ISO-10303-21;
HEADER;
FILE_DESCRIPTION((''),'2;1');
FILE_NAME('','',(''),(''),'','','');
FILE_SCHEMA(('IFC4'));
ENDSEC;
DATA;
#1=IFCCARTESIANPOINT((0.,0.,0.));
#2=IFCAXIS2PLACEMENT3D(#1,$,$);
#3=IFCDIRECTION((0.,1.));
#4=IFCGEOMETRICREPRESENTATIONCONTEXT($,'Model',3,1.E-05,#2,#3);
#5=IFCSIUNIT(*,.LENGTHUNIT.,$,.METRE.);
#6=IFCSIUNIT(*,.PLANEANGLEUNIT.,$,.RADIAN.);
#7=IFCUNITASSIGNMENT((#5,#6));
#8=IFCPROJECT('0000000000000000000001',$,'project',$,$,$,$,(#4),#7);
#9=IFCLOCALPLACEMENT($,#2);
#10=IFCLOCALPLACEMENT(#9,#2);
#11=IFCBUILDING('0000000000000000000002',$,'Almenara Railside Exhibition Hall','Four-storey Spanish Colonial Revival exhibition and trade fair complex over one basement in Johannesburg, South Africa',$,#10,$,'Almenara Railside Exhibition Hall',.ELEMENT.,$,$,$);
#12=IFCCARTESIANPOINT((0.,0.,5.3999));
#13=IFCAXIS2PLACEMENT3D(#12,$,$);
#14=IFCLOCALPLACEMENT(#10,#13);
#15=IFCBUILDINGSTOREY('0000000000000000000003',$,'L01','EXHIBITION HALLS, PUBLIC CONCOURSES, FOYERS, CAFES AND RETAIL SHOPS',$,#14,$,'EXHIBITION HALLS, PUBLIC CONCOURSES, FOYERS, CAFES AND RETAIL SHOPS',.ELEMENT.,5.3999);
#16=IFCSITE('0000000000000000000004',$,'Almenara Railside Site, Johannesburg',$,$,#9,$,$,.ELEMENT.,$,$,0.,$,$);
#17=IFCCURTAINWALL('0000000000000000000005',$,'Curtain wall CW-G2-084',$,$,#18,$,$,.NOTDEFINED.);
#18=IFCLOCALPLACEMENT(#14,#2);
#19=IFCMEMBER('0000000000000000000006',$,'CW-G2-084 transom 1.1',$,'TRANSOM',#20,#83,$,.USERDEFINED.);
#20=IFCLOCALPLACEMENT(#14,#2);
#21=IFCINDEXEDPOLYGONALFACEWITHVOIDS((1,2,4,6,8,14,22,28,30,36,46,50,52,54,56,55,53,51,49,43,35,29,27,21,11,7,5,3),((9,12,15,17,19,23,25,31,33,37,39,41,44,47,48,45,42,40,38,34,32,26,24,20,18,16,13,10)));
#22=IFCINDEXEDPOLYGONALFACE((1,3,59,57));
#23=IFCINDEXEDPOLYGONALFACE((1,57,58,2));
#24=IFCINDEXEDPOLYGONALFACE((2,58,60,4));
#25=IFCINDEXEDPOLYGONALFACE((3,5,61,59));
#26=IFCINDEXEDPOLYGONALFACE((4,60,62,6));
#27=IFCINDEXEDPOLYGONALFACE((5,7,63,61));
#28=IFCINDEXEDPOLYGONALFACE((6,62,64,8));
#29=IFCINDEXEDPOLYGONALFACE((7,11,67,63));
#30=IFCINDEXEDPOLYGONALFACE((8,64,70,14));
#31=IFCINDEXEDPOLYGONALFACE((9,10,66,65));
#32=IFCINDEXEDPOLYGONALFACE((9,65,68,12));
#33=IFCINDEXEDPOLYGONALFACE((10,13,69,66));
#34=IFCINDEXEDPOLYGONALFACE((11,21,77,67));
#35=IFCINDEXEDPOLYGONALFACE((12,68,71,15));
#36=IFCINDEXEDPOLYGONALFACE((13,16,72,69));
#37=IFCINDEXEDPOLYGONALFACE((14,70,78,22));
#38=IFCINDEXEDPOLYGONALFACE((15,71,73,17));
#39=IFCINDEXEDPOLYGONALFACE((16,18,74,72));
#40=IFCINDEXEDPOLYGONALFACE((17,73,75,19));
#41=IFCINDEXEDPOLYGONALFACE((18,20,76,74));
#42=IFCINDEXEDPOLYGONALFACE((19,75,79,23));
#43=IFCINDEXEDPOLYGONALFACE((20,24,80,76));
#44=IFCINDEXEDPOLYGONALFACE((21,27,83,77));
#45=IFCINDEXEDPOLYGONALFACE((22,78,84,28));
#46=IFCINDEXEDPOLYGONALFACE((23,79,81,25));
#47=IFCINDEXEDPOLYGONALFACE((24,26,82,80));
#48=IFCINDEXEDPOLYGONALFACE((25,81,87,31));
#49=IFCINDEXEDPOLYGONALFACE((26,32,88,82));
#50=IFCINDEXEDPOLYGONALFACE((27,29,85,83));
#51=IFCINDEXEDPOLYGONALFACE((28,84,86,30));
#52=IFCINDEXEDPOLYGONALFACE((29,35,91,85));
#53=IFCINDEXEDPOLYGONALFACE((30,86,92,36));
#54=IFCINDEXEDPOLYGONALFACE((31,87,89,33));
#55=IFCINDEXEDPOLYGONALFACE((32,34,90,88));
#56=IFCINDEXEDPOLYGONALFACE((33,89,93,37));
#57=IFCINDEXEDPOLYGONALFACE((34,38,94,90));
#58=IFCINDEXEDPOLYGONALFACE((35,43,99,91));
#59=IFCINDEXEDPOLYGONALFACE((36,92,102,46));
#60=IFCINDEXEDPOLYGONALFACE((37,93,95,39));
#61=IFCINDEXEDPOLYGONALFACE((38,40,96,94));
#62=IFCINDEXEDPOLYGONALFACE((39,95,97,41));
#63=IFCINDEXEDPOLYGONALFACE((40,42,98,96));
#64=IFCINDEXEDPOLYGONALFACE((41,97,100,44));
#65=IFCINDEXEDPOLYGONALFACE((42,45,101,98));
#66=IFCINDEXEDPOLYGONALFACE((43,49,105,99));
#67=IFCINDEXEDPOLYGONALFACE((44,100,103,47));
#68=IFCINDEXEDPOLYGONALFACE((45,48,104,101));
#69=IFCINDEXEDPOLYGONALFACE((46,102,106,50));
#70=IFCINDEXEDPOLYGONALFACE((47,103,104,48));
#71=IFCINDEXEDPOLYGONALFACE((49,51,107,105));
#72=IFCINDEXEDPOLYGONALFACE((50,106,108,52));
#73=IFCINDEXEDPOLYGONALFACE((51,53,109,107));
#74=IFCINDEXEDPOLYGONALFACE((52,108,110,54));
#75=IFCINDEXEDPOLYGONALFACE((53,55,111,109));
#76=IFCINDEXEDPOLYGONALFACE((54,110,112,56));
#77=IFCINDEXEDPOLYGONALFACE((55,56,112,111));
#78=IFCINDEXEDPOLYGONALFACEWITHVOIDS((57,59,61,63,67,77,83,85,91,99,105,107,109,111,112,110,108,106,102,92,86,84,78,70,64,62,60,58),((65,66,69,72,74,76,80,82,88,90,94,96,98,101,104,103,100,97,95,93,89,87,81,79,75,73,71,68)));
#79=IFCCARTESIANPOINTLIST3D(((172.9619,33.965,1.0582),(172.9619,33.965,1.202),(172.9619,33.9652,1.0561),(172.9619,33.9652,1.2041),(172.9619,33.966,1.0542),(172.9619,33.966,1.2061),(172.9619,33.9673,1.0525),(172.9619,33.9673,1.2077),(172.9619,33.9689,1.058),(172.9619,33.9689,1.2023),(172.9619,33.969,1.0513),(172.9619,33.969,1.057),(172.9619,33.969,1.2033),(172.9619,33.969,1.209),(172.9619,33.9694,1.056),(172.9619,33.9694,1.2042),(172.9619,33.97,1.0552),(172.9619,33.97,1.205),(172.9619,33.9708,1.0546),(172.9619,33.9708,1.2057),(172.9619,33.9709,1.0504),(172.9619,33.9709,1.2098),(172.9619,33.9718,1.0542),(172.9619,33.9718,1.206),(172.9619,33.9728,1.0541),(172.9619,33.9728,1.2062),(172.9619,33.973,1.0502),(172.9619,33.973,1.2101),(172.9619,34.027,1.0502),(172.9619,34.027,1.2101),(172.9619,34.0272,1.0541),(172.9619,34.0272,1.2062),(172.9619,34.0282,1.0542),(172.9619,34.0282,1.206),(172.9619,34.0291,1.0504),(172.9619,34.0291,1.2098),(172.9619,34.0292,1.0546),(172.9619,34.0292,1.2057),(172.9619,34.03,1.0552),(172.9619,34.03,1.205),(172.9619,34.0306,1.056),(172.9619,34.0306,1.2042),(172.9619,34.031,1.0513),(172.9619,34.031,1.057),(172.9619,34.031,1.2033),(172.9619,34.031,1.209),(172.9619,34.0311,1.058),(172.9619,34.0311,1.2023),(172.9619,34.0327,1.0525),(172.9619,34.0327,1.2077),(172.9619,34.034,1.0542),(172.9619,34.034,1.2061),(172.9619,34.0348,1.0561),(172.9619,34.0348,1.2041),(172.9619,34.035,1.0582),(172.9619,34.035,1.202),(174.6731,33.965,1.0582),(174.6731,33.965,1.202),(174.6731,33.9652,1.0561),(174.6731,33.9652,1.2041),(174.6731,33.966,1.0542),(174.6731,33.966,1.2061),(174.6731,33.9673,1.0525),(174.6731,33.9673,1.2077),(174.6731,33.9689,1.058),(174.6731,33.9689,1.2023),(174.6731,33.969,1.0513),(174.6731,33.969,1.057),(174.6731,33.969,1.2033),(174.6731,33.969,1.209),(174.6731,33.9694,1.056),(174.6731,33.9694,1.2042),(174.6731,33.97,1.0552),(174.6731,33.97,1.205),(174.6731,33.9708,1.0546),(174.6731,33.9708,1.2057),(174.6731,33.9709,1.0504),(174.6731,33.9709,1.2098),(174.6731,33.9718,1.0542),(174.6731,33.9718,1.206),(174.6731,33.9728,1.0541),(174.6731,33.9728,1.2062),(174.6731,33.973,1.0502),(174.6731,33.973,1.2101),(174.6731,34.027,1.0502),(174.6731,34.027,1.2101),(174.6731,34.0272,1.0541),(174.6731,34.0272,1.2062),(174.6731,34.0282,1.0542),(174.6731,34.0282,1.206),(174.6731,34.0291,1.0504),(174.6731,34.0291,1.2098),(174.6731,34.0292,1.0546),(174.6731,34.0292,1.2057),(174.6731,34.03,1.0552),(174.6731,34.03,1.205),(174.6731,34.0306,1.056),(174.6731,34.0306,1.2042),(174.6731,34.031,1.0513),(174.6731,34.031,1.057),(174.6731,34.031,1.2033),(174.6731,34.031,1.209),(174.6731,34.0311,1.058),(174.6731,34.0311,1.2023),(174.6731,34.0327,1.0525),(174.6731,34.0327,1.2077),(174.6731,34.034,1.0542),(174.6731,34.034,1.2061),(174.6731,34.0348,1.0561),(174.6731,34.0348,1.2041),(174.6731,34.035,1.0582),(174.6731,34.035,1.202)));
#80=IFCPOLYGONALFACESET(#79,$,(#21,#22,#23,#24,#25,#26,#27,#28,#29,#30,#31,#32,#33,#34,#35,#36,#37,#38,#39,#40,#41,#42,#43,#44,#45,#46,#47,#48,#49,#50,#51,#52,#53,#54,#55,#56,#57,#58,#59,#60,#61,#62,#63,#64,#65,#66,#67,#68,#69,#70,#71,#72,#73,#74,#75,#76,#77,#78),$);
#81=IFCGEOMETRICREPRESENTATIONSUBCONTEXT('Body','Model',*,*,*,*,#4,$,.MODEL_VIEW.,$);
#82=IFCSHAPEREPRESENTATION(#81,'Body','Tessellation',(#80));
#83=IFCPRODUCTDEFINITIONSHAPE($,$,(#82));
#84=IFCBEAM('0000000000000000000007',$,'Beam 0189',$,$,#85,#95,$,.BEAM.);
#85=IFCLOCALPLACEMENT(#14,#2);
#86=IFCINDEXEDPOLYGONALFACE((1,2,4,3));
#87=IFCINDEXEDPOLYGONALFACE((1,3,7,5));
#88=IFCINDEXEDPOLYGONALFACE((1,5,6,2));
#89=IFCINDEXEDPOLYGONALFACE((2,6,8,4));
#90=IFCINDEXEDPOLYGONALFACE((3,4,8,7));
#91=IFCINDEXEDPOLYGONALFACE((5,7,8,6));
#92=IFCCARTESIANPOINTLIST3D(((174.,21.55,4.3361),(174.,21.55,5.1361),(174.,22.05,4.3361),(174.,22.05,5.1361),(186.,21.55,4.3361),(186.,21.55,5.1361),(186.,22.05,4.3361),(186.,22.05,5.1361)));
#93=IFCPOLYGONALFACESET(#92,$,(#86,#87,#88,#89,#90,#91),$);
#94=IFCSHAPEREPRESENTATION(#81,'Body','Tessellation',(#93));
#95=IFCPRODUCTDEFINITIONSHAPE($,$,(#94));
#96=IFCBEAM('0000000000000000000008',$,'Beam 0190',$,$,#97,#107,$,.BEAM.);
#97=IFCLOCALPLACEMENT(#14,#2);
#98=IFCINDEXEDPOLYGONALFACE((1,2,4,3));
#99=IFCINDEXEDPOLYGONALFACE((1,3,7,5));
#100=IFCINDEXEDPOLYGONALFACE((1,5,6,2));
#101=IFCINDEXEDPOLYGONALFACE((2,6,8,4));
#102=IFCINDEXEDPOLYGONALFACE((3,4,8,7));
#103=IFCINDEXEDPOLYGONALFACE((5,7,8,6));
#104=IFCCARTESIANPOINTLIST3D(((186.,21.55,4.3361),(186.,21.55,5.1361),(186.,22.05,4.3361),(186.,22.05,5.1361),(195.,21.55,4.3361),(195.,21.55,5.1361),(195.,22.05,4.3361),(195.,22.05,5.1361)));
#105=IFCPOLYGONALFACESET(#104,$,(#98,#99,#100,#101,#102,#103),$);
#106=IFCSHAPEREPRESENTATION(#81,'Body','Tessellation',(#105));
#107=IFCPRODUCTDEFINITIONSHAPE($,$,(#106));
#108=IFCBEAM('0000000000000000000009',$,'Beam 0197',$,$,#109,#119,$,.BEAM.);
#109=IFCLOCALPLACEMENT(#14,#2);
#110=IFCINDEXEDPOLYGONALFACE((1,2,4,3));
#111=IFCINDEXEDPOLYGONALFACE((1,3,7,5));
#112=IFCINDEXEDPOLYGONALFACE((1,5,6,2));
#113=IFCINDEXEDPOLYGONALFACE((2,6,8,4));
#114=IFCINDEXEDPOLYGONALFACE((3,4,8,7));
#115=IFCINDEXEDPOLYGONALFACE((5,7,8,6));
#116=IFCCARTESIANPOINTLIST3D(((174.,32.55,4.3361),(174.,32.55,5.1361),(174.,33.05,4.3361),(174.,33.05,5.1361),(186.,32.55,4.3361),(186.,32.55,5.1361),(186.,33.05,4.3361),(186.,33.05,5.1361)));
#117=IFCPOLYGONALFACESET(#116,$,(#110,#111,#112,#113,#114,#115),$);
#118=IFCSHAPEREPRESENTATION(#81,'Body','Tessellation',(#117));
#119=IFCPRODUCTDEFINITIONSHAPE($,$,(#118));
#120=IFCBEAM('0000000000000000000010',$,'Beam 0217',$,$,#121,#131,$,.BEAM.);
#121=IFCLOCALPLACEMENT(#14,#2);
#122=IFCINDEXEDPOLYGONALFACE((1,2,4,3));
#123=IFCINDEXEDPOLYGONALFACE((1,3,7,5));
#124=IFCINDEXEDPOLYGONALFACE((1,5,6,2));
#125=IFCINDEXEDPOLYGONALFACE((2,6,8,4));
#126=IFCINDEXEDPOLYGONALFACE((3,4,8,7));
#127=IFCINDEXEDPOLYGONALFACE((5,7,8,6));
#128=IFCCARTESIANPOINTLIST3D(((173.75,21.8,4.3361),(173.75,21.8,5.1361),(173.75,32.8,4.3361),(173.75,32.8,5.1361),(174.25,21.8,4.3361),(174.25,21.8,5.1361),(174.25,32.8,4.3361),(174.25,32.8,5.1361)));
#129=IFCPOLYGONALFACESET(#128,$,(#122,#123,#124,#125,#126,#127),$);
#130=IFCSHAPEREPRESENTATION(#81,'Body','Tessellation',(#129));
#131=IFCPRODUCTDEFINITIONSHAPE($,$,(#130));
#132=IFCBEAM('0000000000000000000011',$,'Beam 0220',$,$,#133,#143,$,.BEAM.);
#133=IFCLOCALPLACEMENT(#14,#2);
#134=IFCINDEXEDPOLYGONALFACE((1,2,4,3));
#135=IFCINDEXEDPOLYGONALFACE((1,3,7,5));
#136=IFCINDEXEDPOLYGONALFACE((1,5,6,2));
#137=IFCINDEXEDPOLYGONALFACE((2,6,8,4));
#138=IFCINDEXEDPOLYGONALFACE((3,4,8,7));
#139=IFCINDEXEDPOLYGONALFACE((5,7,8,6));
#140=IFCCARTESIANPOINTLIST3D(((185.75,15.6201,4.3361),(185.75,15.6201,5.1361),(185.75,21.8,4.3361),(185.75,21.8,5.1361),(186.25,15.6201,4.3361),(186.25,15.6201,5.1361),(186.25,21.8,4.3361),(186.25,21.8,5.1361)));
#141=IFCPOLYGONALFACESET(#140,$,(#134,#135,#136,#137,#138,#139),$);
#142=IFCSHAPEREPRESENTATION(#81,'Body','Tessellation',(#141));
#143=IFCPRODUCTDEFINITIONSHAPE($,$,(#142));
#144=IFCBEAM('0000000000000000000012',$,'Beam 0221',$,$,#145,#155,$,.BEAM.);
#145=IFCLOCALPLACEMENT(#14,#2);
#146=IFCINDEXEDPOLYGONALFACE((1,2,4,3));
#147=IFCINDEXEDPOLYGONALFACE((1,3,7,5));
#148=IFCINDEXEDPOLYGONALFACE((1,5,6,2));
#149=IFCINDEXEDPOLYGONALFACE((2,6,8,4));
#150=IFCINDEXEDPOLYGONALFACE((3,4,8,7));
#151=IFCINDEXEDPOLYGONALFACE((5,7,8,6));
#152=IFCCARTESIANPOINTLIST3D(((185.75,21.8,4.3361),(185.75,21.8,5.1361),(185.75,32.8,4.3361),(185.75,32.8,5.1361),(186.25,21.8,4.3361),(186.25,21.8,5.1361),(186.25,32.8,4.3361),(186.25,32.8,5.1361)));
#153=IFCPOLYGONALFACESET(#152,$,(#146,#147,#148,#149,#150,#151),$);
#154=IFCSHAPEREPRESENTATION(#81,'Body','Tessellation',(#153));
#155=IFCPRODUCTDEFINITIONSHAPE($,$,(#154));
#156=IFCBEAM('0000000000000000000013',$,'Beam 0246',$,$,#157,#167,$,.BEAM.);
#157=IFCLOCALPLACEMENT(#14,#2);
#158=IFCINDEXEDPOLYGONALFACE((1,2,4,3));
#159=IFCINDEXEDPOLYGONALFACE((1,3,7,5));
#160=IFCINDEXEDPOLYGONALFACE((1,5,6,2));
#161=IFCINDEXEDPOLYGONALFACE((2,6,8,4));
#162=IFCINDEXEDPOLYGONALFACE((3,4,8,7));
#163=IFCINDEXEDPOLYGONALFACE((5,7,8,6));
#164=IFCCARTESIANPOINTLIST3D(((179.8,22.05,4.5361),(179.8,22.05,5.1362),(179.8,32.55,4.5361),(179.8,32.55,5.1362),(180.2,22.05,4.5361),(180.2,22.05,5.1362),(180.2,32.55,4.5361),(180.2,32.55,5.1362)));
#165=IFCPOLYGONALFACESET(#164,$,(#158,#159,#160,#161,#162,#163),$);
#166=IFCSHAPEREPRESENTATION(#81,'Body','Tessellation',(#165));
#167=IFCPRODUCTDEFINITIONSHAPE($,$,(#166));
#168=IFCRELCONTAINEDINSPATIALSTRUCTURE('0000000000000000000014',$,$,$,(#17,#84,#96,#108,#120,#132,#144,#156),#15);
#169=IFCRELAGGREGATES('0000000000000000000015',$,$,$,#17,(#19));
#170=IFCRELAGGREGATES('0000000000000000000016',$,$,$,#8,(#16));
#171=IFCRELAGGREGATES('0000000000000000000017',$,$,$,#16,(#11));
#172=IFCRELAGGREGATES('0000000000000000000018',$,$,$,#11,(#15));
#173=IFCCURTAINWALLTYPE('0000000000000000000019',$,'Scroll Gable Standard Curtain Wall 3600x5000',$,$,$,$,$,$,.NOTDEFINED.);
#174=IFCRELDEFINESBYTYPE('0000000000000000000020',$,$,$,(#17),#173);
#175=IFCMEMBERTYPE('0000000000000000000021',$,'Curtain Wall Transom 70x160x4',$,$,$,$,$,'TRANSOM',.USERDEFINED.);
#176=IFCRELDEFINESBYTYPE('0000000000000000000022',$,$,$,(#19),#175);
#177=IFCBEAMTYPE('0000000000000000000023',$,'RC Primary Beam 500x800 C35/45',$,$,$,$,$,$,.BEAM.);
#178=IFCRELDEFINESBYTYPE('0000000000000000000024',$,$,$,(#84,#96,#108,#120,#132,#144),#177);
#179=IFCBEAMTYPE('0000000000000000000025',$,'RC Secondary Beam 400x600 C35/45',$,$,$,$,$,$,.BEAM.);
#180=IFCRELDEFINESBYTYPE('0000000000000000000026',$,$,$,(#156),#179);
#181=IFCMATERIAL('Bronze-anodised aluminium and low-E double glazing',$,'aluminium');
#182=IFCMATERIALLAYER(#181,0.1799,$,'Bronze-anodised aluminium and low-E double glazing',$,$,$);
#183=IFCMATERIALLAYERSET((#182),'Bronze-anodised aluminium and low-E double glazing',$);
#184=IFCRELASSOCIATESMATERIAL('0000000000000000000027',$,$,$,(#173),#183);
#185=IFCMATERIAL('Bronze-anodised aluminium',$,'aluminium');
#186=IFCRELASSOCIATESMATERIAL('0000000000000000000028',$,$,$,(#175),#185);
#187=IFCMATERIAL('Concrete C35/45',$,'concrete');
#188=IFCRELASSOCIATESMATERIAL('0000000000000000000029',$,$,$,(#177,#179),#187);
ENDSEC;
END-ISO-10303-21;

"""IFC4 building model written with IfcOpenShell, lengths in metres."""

from ifc_helpers import new_model, si_unit, direction, frame, origin, origin_2d, place, context, subcontext, project, spatial, rectangle, hollow_rectangle, extrude, material, layer, layer_set, material_profile, profile_set, type_object, element, aggregate, save


model = new_model("IFC4")

# Units and contexts
model_context = context("Model", 3, precision=1e-05, world=origin(), true_north=direction((0.0, 1.0)))
body_context = subcontext(model_context, "Body", "Model", "MODEL_VIEW")
ifc_project = project(units=[si_unit("LENGTHUNIT", "METRE"), si_unit("PLANEANGLEUNIT", "RADIAN")], contexts=[model_context])

# Site, building, storey
site_placement = place(None, origin())
site = spatial("IfcSite", under=ifc_project, at=site_placement, Name="Almenara Railside Site, Johannesburg", CompositionType="ELEMENT", RefElevation=0.0)
building_placement = place(site_placement, origin())
building = spatial("IfcBuilding", under=site, at=building_placement, Name="Almenara Railside Exhibition Hall", Description="Four-storey Spanish Colonial Revival exhibition and trade fair complex over one basement in Johannesburg, South Africa", LongName="Almenara Railside Exhibition Hall", CompositionType="ELEMENT")
storey_placement = place(building_placement, frame((0.0, 0.0, 5.3999)))
storey = spatial("IfcBuildingStorey", under=building, at=storey_placement, Name="L01", Description="EXHIBITION HALLS, PUBLIC CONCOURSES, FOYERS, CAFES AND RETAIL SHOPS", LongName="EXHIBITION HALLS, PUBLIC CONCOURSES, FOYERS, CAFES AND RETAIL SHOPS", CompositionType="ELEMENT", Elevation=5.3999)

# Shared definitions
ifc_material_1 = material(Name="Concrete C35/45", Category="concrete")

# Shared definitions
ifc_material_2 = material(Name="Bronze-anodised aluminium and low-E double glazing", Category="aluminium")
ifc_material_3 = material(Name="Bronze-anodised aluminium", Category="aluminium")

# Curtain wall, member
ifc_layer_1 = layer(ifc_material_2, 0.1799, Name="Bronze-anodised aluminium and low-E double glazing")
ifc_layer_set_1 = layer_set([ifc_layer_1], Name="Bronze-anodised aluminium and low-E double glazing")
curtain_wall_type_1 = type_object("IfcCurtainWallType", Name="Scroll Gable Standard Curtain Wall 3600x5000", PredefinedType="NOTDEFINED", material=ifc_layer_set_1)
curtain_wall_1_placement = place(storey_placement, origin())
curtain_wall_1 = element("IfcCurtainWall", 1, at=curtain_wall_1_placement, inside=storey, type_object=curtain_wall_type_1, Name="Curtain wall CW-G2-084", PredefinedType="NOTDEFINED")
ifc_material_profile_1 = material_profile(ifc_material_3, hollow_rectangle(XDim=0.0701, YDim=0.1599, WallThickness=0.0039, InnerFilletRadius=0.0039, OuterFilletRadius=0.0081, at=origin_2d()), Name="ALU-TRN 70x160x4")
ifc_profile_set_1 = profile_set([ifc_material_profile_1], Name="Bronze-anodised aluminium")
member_type_1 = type_object("IfcMemberType", Name="Curtain Wall Transom 70x160x4", ElementType="TRANSOM", PredefinedType="USERDEFINED", material=ifc_profile_set_1)
member_1_placement = place(storey_placement, frame((172.9619, 34.0, 1.1301), z_axis=(1.0, 0.0, 0.0), x_axis=(0.0, 1.0, 0.0)))
member_1 = element("IfcMember", 2, at=member_1_placement, type_object=member_type_1, Name="CW-G2-084 transom 1.1", ObjectType="TRANSOM", PredefinedType="USERDEFINED", context=body_context, shape_type="SweptSolid", body=[
    extrude(hollow_rectangle(XDim=0.0701, YDim=0.1599, WallThickness=0.0039, InnerFilletRadius=0.0039, OuterFilletRadius=0.0081, at=origin_2d()), origin(), (0.0, 0.0, 1.0), 1.7112),
])
aggregate(curtain_wall_1, [member_1])

# Beams
ifc_material_profile_2 = material_profile(ifc_material_1, rectangle(XDim=0.5, YDim=0.8, at=origin_2d()), Name="RC 500x800")
ifc_profile_set_2 = profile_set([ifc_material_profile_2], Name="Concrete C35/45")
beam_type_1 = type_object("IfcBeamType", Name="RC Primary Beam 500x800 C35/45", PredefinedType="BEAM", material=ifc_profile_set_2)
beam_1_placement = place(storey_placement, frame((174.0, 21.8, 4.7361), z_axis=(1.0, 0.0, 0.0), x_axis=(0.0, 1.0, 0.0)))
element("IfcBeam", 3, at=beam_1_placement, inside=storey, type_object=beam_type_1, Name="Beam 0189", PredefinedType="BEAM", context=body_context, shape_type="SweptSolid", body=[
    extrude(rectangle(XDim=0.5, YDim=0.8, at=origin_2d()), origin(), (0.0, 0.0, 1.0), 12.0),
])
beam_2_placement = place(storey_placement, frame((186.0, 21.8, 4.7361), z_axis=(1.0, 0.0, 0.0), x_axis=(0.0, 1.0, 0.0)))
element("IfcBeam", 4, at=beam_2_placement, inside=storey, type_object=beam_type_1, Name="Beam 0190", PredefinedType="BEAM", context=body_context, shape_type="SweptSolid", body=[
    extrude(rectangle(XDim=0.5, YDim=0.8, at=origin_2d()), origin(), (0.0, 0.0, 1.0), 9.0),
])
beam_3_placement = place(storey_placement, frame((174.0, 32.8, 4.7361), z_axis=(1.0, 0.0, 0.0), x_axis=(0.0, 1.0, 0.0)))
element("IfcBeam", 5, at=beam_3_placement, inside=storey, type_object=beam_type_1, Name="Beam 0197", PredefinedType="BEAM", context=body_context, shape_type="SweptSolid", body=[
    extrude(rectangle(XDim=0.5, YDim=0.8, at=origin_2d()), origin(), (0.0, 0.0, 1.0), 12.0),
])
beam_4_placement = place(storey_placement, frame((174.0, 21.8, 4.7361), z_axis=(0.0, 1.0, 0.0), x_axis=(-1.0, 0.0, 0.0)))
element("IfcBeam", 6, at=beam_4_placement, inside=storey, type_object=beam_type_1, Name="Beam 0217", PredefinedType="BEAM", context=body_context, shape_type="SweptSolid", body=[
    extrude(rectangle(XDim=0.5, YDim=0.8, at=origin_2d()), origin(), (0.0, 0.0, 1.0), 11.0),
])
beam_5_placement = place(storey_placement, frame((186.0, 15.6201, 4.7361), z_axis=(0.0, 1.0, 0.0), x_axis=(-1.0, 0.0, 0.0)))
element("IfcBeam", 7, at=beam_5_placement, inside=storey, type_object=beam_type_1, Name="Beam 0220", PredefinedType="BEAM", context=body_context, shape_type="SweptSolid", body=[
    extrude(rectangle(XDim=0.5, YDim=0.8, at=origin_2d()), origin(), (0.0, 0.0, 1.0), 6.1799),
])
beam_6_placement = place(storey_placement, frame((186.0, 21.8, 4.7361), z_axis=(0.0, 1.0, 0.0), x_axis=(-1.0, 0.0, 0.0)))
element("IfcBeam", 8, at=beam_6_placement, inside=storey, type_object=beam_type_1, Name="Beam 0221", PredefinedType="BEAM", context=body_context, shape_type="SweptSolid", body=[
    extrude(rectangle(XDim=0.5, YDim=0.8, at=origin_2d()), origin(), (0.0, 0.0, 1.0), 11.0),
])
ifc_material_profile_3 = material_profile(ifc_material_1, rectangle(XDim=0.3999, YDim=0.6001, at=origin_2d()), Name="RC 400x600")
ifc_profile_set_3 = profile_set([ifc_material_profile_3], Name="Concrete C35/45")
beam_type_2 = type_object("IfcBeamType", Name="RC Secondary Beam 400x600 C35/45", PredefinedType="BEAM", material=ifc_profile_set_3)
beam_7_placement = place(storey_placement, frame((180.0, 22.05, 4.8362), z_axis=(0.0, 1.0, 0.0), x_axis=(-1.0, 0.0, 0.0)))
element("IfcBeam", 9, at=beam_7_placement, inside=storey, type_object=beam_type_2, Name="Beam 0246", PredefinedType="BEAM", context=body_context, shape_type="SweptSolid", body=[
    extrude(rectangle(XDim=0.3999, YDim=0.6001, at=origin_2d()), origin(), (0.0, 0.0, 1.0), 10.5),
])

save(model, "model.ifc")
